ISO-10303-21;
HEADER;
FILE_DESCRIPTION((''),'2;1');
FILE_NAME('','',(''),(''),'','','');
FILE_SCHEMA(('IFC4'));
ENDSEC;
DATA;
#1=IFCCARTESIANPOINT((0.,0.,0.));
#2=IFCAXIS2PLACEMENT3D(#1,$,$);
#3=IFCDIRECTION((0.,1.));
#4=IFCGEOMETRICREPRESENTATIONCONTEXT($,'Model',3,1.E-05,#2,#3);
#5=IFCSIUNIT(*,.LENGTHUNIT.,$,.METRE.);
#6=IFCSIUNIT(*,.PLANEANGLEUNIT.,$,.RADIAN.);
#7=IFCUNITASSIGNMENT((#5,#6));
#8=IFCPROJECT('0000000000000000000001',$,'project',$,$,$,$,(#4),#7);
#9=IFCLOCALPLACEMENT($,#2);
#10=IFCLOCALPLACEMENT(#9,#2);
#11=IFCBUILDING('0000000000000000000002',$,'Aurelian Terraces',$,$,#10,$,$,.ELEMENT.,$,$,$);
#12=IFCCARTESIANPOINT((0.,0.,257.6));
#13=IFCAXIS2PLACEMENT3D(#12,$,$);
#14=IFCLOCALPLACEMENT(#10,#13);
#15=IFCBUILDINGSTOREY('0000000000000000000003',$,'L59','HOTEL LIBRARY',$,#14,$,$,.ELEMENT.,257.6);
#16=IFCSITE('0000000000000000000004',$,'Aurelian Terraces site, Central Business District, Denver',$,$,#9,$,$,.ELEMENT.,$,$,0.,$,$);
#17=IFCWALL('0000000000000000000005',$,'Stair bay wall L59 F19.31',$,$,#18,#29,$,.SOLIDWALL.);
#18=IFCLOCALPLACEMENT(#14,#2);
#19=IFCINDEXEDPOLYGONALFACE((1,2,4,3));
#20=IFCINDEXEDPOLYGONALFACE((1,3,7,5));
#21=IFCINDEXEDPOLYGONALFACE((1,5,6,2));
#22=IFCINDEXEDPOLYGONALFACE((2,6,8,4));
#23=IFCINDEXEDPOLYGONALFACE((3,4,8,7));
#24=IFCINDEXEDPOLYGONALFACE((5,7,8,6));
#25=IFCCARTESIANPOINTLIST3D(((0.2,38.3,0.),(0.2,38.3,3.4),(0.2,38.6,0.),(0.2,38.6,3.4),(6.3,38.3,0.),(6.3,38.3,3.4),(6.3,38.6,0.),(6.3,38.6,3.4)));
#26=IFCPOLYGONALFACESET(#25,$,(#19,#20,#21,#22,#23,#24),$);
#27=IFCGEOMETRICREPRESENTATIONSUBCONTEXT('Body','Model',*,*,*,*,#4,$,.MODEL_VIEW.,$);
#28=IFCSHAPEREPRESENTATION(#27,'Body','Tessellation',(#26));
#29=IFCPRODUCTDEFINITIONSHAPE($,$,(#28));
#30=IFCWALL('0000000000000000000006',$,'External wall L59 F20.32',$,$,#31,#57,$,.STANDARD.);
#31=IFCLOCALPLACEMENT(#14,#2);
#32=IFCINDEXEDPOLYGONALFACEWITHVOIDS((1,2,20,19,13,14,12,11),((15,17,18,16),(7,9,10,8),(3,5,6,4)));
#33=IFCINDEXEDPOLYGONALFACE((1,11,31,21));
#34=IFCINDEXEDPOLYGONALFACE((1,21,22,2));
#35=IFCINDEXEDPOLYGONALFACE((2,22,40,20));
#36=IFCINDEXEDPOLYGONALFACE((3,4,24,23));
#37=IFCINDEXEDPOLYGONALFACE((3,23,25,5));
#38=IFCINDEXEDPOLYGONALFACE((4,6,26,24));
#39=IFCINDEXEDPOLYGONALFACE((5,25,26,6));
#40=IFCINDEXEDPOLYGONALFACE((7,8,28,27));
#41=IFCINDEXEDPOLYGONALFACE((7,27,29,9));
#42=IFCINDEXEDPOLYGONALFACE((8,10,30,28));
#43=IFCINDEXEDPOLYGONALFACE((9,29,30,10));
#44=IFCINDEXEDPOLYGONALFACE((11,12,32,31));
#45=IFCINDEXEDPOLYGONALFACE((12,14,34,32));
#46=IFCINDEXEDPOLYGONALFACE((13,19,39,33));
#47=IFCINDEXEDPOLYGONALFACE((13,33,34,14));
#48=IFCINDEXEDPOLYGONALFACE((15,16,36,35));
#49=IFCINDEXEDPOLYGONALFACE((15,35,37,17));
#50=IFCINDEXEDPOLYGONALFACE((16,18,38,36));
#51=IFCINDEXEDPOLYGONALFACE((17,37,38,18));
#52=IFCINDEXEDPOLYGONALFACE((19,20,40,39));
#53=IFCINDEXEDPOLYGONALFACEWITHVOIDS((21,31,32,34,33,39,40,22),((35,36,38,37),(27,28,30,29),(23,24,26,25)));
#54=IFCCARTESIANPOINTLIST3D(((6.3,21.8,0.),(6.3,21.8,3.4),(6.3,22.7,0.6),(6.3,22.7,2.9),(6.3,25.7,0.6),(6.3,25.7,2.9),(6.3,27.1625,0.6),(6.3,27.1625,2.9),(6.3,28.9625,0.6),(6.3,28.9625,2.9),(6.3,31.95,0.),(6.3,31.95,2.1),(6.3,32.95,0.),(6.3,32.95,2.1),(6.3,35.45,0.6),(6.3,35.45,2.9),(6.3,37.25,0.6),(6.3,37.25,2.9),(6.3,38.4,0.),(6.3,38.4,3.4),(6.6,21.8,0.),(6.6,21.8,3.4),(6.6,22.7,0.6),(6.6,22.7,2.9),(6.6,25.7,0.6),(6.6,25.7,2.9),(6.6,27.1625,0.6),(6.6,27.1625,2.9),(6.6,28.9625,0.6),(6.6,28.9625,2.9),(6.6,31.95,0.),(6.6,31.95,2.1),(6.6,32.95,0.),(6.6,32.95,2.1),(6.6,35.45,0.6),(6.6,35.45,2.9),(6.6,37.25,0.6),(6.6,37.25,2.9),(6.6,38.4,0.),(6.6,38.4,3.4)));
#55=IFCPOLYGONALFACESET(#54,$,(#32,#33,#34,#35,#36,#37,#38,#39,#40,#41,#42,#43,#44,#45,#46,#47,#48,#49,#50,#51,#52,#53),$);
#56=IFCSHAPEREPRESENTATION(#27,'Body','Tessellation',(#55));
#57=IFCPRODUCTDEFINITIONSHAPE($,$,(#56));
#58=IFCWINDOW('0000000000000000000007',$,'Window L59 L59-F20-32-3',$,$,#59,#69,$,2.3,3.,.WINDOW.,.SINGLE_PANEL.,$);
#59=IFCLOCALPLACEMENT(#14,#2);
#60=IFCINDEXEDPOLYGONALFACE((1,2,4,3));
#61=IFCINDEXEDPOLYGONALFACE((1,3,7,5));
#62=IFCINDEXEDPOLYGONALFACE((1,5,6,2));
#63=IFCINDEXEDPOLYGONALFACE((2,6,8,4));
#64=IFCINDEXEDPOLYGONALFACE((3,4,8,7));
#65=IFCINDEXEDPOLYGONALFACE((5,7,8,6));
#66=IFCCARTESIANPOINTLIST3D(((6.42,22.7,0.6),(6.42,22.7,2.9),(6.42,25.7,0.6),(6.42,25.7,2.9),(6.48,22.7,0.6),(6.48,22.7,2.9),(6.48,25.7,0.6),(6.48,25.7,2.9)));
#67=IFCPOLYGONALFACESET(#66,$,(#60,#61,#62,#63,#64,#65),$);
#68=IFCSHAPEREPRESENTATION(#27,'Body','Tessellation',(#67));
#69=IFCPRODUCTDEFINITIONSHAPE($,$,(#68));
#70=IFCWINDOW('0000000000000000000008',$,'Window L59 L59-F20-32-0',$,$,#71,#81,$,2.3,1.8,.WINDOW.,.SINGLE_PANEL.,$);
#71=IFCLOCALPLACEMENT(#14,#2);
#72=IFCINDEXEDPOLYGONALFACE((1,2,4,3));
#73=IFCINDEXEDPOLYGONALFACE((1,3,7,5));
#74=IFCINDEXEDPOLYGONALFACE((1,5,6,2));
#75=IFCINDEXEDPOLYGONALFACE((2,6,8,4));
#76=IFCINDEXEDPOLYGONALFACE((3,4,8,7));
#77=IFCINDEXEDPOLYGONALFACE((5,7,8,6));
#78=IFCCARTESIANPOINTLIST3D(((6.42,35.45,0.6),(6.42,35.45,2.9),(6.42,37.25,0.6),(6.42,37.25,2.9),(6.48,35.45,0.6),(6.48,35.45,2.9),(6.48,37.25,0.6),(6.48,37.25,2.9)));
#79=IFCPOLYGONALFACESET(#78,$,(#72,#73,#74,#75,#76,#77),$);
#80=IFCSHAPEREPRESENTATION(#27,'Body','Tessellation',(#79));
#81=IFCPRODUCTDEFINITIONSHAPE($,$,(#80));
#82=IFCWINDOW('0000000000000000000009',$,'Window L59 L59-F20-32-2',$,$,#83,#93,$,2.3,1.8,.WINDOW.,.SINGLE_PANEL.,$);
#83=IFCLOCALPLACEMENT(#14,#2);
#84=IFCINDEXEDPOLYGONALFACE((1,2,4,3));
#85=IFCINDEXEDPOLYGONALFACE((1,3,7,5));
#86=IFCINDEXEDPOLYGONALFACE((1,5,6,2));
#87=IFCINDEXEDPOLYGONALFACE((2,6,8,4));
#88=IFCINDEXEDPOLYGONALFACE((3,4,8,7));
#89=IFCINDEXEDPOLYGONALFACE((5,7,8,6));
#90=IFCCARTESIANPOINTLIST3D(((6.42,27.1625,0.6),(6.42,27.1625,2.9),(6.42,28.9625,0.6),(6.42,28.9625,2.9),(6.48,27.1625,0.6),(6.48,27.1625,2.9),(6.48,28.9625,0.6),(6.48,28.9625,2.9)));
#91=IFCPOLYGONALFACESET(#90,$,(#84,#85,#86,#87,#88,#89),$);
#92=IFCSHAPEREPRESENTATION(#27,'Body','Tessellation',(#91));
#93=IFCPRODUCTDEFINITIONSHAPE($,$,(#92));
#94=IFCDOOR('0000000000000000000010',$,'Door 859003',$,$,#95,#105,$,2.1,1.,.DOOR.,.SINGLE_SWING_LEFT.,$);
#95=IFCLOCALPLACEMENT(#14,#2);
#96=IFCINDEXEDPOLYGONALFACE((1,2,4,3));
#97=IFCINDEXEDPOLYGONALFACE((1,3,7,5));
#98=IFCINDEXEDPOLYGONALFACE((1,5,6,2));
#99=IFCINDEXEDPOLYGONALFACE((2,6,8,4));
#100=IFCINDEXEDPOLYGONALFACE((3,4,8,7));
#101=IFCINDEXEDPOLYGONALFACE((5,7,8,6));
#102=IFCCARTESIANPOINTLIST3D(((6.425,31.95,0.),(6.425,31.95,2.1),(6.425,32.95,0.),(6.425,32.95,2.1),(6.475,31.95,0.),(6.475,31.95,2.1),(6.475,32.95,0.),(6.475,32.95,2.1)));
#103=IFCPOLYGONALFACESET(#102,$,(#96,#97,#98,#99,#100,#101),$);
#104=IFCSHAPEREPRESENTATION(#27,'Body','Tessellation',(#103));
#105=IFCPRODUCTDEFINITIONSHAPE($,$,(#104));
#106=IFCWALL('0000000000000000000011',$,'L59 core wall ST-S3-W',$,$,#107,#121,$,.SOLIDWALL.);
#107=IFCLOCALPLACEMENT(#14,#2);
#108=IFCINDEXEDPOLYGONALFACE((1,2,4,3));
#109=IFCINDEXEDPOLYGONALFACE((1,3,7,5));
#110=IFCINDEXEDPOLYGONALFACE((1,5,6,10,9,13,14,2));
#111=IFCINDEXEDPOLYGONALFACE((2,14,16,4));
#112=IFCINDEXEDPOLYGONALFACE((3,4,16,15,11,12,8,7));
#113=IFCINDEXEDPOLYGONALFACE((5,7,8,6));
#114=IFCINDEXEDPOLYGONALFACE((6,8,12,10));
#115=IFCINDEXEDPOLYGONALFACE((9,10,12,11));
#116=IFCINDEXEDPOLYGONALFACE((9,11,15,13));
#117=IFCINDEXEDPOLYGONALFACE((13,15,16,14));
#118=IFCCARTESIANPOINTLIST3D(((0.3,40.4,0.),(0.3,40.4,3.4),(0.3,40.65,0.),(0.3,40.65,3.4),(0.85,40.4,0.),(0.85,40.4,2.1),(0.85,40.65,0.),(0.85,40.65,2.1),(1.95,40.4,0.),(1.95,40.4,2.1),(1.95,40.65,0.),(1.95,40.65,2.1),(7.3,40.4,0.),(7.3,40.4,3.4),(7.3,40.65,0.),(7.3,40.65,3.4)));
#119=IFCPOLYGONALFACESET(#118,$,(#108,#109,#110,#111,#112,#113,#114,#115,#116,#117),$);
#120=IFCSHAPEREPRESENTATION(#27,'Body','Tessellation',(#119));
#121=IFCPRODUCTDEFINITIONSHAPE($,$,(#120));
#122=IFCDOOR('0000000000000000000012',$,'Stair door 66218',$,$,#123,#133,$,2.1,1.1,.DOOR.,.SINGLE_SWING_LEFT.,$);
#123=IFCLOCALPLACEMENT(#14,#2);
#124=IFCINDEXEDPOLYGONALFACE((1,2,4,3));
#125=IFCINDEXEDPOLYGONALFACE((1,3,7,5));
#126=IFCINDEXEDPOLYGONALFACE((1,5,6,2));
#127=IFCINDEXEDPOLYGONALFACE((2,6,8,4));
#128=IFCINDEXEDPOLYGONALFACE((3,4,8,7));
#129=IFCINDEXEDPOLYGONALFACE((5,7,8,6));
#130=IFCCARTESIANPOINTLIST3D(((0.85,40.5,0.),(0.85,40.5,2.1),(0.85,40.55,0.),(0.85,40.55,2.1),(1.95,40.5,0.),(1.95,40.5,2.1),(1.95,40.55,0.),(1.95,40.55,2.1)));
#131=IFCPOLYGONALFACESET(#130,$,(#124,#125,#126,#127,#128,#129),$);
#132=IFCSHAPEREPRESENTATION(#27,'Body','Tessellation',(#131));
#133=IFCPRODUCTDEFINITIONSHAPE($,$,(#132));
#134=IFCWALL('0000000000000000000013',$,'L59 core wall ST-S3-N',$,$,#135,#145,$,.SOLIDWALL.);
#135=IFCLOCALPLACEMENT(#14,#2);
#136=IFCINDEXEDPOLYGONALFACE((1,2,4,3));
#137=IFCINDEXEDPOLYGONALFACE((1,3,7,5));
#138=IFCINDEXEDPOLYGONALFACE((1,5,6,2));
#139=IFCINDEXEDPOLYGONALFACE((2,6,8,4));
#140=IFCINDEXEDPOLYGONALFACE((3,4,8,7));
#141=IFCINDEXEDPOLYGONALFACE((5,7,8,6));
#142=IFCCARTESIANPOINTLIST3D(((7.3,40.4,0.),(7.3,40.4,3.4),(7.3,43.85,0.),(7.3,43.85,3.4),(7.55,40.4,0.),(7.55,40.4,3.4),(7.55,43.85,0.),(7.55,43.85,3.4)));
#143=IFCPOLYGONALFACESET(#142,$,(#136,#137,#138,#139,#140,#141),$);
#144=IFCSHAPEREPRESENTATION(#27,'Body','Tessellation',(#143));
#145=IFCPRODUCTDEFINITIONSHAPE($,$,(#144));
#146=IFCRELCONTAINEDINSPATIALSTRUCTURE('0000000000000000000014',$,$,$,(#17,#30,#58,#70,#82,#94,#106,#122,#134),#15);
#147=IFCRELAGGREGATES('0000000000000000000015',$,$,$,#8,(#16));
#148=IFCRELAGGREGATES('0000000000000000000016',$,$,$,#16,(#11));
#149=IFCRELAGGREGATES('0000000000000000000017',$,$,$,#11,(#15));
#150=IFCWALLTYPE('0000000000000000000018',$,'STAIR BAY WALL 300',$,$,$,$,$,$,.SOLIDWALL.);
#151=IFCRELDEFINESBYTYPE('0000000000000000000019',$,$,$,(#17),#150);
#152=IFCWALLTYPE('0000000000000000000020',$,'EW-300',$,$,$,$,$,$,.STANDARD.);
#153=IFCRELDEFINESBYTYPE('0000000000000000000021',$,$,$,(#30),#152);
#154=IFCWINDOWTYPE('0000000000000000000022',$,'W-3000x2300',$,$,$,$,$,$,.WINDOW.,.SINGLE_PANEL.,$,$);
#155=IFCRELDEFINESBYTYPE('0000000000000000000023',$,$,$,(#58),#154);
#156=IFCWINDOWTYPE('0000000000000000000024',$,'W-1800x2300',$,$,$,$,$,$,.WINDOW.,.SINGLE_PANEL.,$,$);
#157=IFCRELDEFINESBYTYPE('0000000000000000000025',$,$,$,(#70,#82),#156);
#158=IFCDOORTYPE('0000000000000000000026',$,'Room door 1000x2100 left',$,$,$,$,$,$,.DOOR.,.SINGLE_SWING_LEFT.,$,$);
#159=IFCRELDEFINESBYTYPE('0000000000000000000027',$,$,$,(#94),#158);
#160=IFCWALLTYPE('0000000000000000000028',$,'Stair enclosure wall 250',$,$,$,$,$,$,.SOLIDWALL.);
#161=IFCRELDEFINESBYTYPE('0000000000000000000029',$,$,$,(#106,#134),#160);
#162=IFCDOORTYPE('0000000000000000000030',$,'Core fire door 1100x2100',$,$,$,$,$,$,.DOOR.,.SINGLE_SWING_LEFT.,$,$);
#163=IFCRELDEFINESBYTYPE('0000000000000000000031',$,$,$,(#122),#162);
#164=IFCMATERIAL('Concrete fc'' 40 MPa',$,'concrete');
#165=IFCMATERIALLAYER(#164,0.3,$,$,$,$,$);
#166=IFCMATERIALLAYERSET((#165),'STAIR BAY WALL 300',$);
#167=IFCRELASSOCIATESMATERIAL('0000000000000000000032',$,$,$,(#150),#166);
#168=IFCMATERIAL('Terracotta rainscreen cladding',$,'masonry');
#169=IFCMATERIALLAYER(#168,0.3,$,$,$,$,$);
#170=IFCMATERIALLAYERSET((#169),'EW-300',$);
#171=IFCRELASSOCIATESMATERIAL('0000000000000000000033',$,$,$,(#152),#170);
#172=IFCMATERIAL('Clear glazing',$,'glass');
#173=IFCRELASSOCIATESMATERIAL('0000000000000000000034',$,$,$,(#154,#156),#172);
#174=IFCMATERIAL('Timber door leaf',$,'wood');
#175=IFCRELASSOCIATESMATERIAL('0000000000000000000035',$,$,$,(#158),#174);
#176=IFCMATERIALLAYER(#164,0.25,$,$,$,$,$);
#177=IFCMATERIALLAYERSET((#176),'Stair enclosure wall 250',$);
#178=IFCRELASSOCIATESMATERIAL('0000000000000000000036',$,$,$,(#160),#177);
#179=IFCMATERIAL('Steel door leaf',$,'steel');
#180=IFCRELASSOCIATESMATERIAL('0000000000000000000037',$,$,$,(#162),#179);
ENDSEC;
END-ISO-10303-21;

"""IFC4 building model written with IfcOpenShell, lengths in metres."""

from ifc_helpers import new_model, si_unit, direction, frame, frame_2d, origin, place, context, subcontext, project, spatial, rectangle, extrude, source, transform, mapped, material, layer, layer_set, type_object, element, fill, save


model = new_model("IFC4")

# Units and contexts
model_context = context("Model", 3, precision=1e-05, world=origin(), true_north=direction((0.0, 1.0)))
body_context = subcontext(model_context, "Body", "Model", "MODEL_VIEW")
ifc_project = project(units=[si_unit("LENGTHUNIT", "METRE"), si_unit("PLANEANGLEUNIT", "RADIAN")], contexts=[model_context])

# Site, building, storey
site_placement = place(None, origin())
site = spatial("IfcSite", under=ifc_project, at=site_placement, Name="Aurelian Terraces site, Central Business District, Denver", CompositionType="ELEMENT", RefElevation=0.0)
building_placement = place(site_placement, origin())
building = spatial("IfcBuilding", under=site, at=building_placement, Name="Aurelian Terraces", CompositionType="ELEMENT")
storey_placement = place(building_placement, frame((0.0, 0.0, 257.6)))
storey = spatial("IfcBuildingStorey", under=building, at=storey_placement, Name="L59", Description="HOTEL LIBRARY", CompositionType="ELEMENT", Elevation=257.6)

# Wall
ifc_material_1 = material(Name="Concrete fc' 40 MPa", Category="concrete")
ifc_layer_1 = layer(ifc_material_1, 0.3)
ifc_layer_set_1 = layer_set([ifc_layer_1], Name="STAIR BAY WALL 300")
wall_type_1 = type_object("IfcWallType", Name="STAIR BAY WALL 300", PredefinedType="SOLIDWALL", material=ifc_layer_set_1)
shared_shape_1 = source(origin(), body_context, "Body", "SweptSolid", [
    extrude(rectangle(XDim=6.1, YDim=0.3, at=frame_2d((3.05, 0.0))), origin(), (0.0, 0.0, 1.0), 3.4),
])
wall_1_placement = place(storey_placement, frame((0.2, 38.45, 0.0), z_axis=(0.0, 0.0, 1.0), x_axis=(1.0, 0.0, 0.0)))
element("IfcWall", 1, at=wall_1_placement, inside=storey, type_object=wall_type_1, Name="Stair bay wall L59 F19.31", PredefinedType="SOLIDWALL", context=body_context, shape_type="MappedRepresentation", body=[
    mapped(shared_shape_1, transform((0.0, 0.0, 0.0), scale=1.0)),
])

# Wall, openings, windows, door
ifc_material_2 = material(Name="Terracotta rainscreen cladding", Category="masonry")
ifc_layer_2 = layer(ifc_material_2, 0.3)
ifc_layer_set_2 = layer_set([ifc_layer_2], Name="EW-300")
wall_type_2 = type_object("IfcWallType", Name="EW-300", PredefinedType="STANDARD", material=ifc_layer_set_2)
shared_shape_2 = source(origin(), body_context, "Body", "SweptSolid", [
    extrude(rectangle(XDim=16.6, YDim=0.3, at=frame_2d((8.3, 0.0))), origin(), (0.0, 0.0, 1.0), 3.4),
])
wall_2_placement = place(storey_placement, frame((6.45, 38.4, 0.0), z_axis=(0.0, 0.0, 1.0), x_axis=(0.0, -1.0, 0.0)))
wall_2 = element("IfcWall", 2, at=wall_2_placement, inside=storey, type_object=wall_type_2, Name="External wall L59 F20.32", PredefinedType="STANDARD", context=body_context, shape_type="MappedRepresentation", body=[
    mapped(shared_shape_2, transform((0.0, 0.0, 0.0), scale=1.0)),
])
shared_shape_3 = source(origin(), body_context, "Body", "SweptSolid", [
    extrude(rectangle(XDim=1.8, YDim=2.3, at=frame_2d((0.9, 1.15))), frame((0.0, 0.16, 0.0), z_axis=(0.0, -1.0, 0.0), x_axis=(1.0, 0.0, 0.0)), (0.0, 0.0, 1.0), 0.32),
])
opening_1_placement = place(wall_2_placement, frame((1.15, 0.0, 0.6)))
opening_1 = element("IfcOpeningElement", 3, at=opening_1_placement, cuts=wall_2, PredefinedType="OPENING", context=body_context, shape_type="MappedRepresentation", body=[
    mapped(shared_shape_3, transform((0.0, 0.0, 0.0), scale=1.0)),
])
opening_2_placement = place(wall_2_placement, frame((9.4375, 0.0, 0.6)))
opening_2 = element("IfcOpeningElement", 4, at=opening_2_placement, cuts=wall_2, PredefinedType="OPENING", context=body_context, shape_type="MappedRepresentation", body=[
    mapped(shared_shape_3, transform((0.0, 0.0, 0.0), scale=1.0)),
])
shared_shape_4 = source(origin(), body_context, "Body", "SweptSolid", [
    extrude(rectangle(XDim=3.0, YDim=2.3, at=frame_2d((1.5, 1.15))), frame((0.0, 0.16, 0.0), z_axis=(0.0, -1.0, 0.0), x_axis=(1.0, 0.0, 0.0)), (0.0, 0.0, 1.0), 0.32),
])
opening_3_placement = place(wall_2_placement, frame((12.7, 0.0, 0.6)))
opening_3 = element("IfcOpeningElement", 5, at=opening_3_placement, cuts=wall_2, PredefinedType="OPENING", context=body_context, shape_type="MappedRepresentation", body=[
    mapped(shared_shape_4, transform((0.0, 0.0, 0.0), scale=1.0)),
])
shared_shape_5 = source(origin(), body_context, "Body", "SweptSolid", [
    extrude(rectangle(XDim=1.0, YDim=2.1, at=frame_2d((0.5, 1.05))), frame((0.0, 0.16, 0.0), z_axis=(0.0, -1.0, 0.0), x_axis=(1.0, 0.0, 0.0)), (0.0, 0.0, 1.0), 0.32),
])
opening_4_placement = place(wall_2_placement, frame((5.45, 0.0, 0.0)))
opening_4 = element("IfcOpeningElement", 6, at=opening_4_placement, cuts=wall_2, PredefinedType="OPENING", context=body_context, shape_type="MappedRepresentation", body=[
    mapped(shared_shape_5, transform((0.0, 0.0, 0.0), scale=1.0)),
])
ifc_material_3 = material(Name="Clear glazing", Category="glass")
window_type_1 = type_object("IfcWindowType", Name="W-3000x2300", PartitioningType="SINGLE_PANEL", PredefinedType="WINDOW", material=ifc_material_3)
shared_shape_6 = source(origin(), body_context, "Body", "SweptSolid", [
    extrude(rectangle(XDim=3.0, YDim=2.3, at=frame_2d((1.5, 1.15))), frame((0.0, 0.03, 0.0), z_axis=(0.0, -1.0, 0.0), x_axis=(1.0, 0.0, 0.0)), (0.0, 0.0, 1.0), 0.06),
])
window_1_placement = place(opening_3_placement, origin())
window_1 = element("IfcWindow", 7, at=window_1_placement, inside=storey, type_object=window_type_1, Name="Window L59 L59-F20-32-3", OverallHeight=2.3, OverallWidth=3.0, PartitioningType="SINGLE_PANEL", PredefinedType="WINDOW", context=body_context, shape_type="MappedRepresentation", body=[
    mapped(shared_shape_6, transform((0.0, 0.0, 0.0), scale=1.0)),
])
fill(opening_3, window_1)
window_type_2 = type_object("IfcWindowType", Name="W-1800x2300", PartitioningType="SINGLE_PANEL", PredefinedType="WINDOW", material=ifc_material_3)
shared_shape_7 = source(origin(), body_context, "Body", "SweptSolid", [
    extrude(rectangle(XDim=1.8, YDim=2.3, at=frame_2d((0.9, 1.15))), frame((0.0, 0.03, 0.0), z_axis=(0.0, -1.0, 0.0), x_axis=(1.0, 0.0, 0.0)), (0.0, 0.0, 1.0), 0.06),
])
window_2_placement = place(opening_1_placement, origin())
window_2 = element("IfcWindow", 8, at=window_2_placement, inside=storey, type_object=window_type_2, Name="Window L59 L59-F20-32-0", OverallHeight=2.3, OverallWidth=1.8, PartitioningType="SINGLE_PANEL", PredefinedType="WINDOW", context=body_context, shape_type="MappedRepresentation", body=[
    mapped(shared_shape_7, transform((0.0, 0.0, 0.0), scale=1.0)),
])
fill(opening_1, window_2)
window_3_placement = place(opening_2_placement, origin())
window_3 = element("IfcWindow", 9, at=window_3_placement, inside=storey, type_object=window_type_2, Name="Window L59 L59-F20-32-2", OverallHeight=2.3, OverallWidth=1.8, PartitioningType="SINGLE_PANEL", PredefinedType="WINDOW", context=body_context, shape_type="MappedRepresentation", body=[
    mapped(shared_shape_7, transform((0.0, 0.0, 0.0), scale=1.0)),
])
fill(opening_2, window_3)
ifc_material_4 = material(Name="Timber door leaf", Category="wood")
door_type_1 = type_object("IfcDoorType", Name="Room door 1000x2100 left", OperationType="SINGLE_SWING_LEFT", PredefinedType="DOOR", material=ifc_material_4)
shared_shape_8 = source(origin(), body_context, "Body", "SweptSolid", [
    extrude(rectangle(XDim=1.0, YDim=2.1, at=frame_2d((0.5, 1.05))), frame((0.0, 0.025, 0.0), z_axis=(0.0, -1.0, 0.0), x_axis=(1.0, 0.0, 0.0)), (0.0, 0.0, 1.0), 0.05),
])
door_1_placement = place(opening_4_placement, origin())
door_1 = element("IfcDoor", 10, at=door_1_placement, inside=storey, type_object=door_type_1, Name="Door 859003", OperationType="SINGLE_SWING_LEFT", OverallHeight=2.1, OverallWidth=1.0, PredefinedType="DOOR", context=body_context, shape_type="MappedRepresentation", body=[
    mapped(shared_shape_8, transform((0.0, 0.0, 0.0), scale=1.0)),
])
fill(opening_4, door_1)

# Wall, opening, door
ifc_layer_3 = layer(ifc_material_1, 0.25)
ifc_layer_set_3 = layer_set([ifc_layer_3], Name="Stair enclosure wall 250")
wall_type_3 = type_object("IfcWallType", Name="Stair enclosure wall 250", PredefinedType="SOLIDWALL", material=ifc_layer_set_3)
shared_shape_9 = source(origin(), body_context, "Body", "SweptSolid", [
    extrude(rectangle(XDim=7.0, YDim=0.25, at=frame_2d((3.5, 0.0))), origin(), (0.0, 0.0, 1.0), 3.4),
])
wall_3_placement = place(storey_placement, frame((0.3, 40.525, 0.0), z_axis=(0.0, 0.0, 1.0), x_axis=(1.0, 0.0, 0.0)))
wall_3 = element("IfcWall", 11, at=wall_3_placement, inside=storey, type_object=wall_type_3, Name="L59 core wall ST-S3-W", PredefinedType="SOLIDWALL", context=body_context, shape_type="MappedRepresentation", body=[
    mapped(shared_shape_9, transform((0.0, 0.0, 0.0), scale=1.0)),
])
shared_shape_10 = source(origin(), body_context, "Body", "SweptSolid", [
    extrude(rectangle(XDim=1.1, YDim=2.1, at=frame_2d((0.55, 1.05))), frame((0.0, 0.135, 0.0), z_axis=(0.0, -1.0, 0.0), x_axis=(1.0, 0.0, 0.0)), (0.0, 0.0, 1.0), 0.27),
])
opening_5_placement = place(wall_3_placement, frame((0.55, 0.0, 0.0)))
opening_5 = element("IfcOpeningElement", 12, at=opening_5_placement, cuts=wall_3, PredefinedType="OPENING", context=body_context, shape_type="MappedRepresentation", body=[
    mapped(shared_shape_10, transform((0.0, 0.0, 0.0), scale=1.0)),
])
ifc_material_5 = material(Name="Steel door leaf", Category="steel")
door_type_2 = type_object("IfcDoorType", Name="Core fire door 1100x2100", OperationType="SINGLE_SWING_LEFT", PredefinedType="DOOR", material=ifc_material_5)
shared_shape_11 = source(origin(), body_context, "Body", "SweptSolid", [
    extrude(rectangle(XDim=1.1, YDim=2.1, at=frame_2d((0.55, 1.05))), frame((0.0, 0.025, 0.0), z_axis=(0.0, -1.0, 0.0), x_axis=(1.0, 0.0, 0.0)), (0.0, 0.0, 1.0), 0.05),
])
door_2_placement = place(opening_5_placement, origin())
door_2 = element("IfcDoor", 13, at=door_2_placement, inside=storey, type_object=door_type_2, Name="Stair door 66218", OperationType="SINGLE_SWING_LEFT", OverallHeight=2.1, OverallWidth=1.1, PredefinedType="DOOR", context=body_context, shape_type="MappedRepresentation", body=[
    mapped(shared_shape_11, transform((0.0, 0.0, 0.0), scale=1.0)),
])
fill(opening_5, door_2)

# Wall
shared_shape_12 = source(origin(), body_context, "Body", "SweptSolid", [
    extrude(rectangle(XDim=3.45, YDim=0.25, at=frame_2d((1.725, 0.0))), origin(), (0.0, 0.0, 1.0), 3.4),
])
wall_4_placement = place(storey_placement, frame((7.425, 40.4, 0.0), z_axis=(0.0, 0.0, 1.0), x_axis=(0.0, 1.0, 0.0)))
element("IfcWall", 14, at=wall_4_placement, inside=storey, type_object=wall_type_3, Name="L59 core wall ST-S3-N", PredefinedType="SOLIDWALL", context=body_context, shape_type="MappedRepresentation", body=[
    mapped(shared_shape_12, transform((0.0, 0.0, 0.0), scale=1.0)),
])

save(model, "model.ifc")
